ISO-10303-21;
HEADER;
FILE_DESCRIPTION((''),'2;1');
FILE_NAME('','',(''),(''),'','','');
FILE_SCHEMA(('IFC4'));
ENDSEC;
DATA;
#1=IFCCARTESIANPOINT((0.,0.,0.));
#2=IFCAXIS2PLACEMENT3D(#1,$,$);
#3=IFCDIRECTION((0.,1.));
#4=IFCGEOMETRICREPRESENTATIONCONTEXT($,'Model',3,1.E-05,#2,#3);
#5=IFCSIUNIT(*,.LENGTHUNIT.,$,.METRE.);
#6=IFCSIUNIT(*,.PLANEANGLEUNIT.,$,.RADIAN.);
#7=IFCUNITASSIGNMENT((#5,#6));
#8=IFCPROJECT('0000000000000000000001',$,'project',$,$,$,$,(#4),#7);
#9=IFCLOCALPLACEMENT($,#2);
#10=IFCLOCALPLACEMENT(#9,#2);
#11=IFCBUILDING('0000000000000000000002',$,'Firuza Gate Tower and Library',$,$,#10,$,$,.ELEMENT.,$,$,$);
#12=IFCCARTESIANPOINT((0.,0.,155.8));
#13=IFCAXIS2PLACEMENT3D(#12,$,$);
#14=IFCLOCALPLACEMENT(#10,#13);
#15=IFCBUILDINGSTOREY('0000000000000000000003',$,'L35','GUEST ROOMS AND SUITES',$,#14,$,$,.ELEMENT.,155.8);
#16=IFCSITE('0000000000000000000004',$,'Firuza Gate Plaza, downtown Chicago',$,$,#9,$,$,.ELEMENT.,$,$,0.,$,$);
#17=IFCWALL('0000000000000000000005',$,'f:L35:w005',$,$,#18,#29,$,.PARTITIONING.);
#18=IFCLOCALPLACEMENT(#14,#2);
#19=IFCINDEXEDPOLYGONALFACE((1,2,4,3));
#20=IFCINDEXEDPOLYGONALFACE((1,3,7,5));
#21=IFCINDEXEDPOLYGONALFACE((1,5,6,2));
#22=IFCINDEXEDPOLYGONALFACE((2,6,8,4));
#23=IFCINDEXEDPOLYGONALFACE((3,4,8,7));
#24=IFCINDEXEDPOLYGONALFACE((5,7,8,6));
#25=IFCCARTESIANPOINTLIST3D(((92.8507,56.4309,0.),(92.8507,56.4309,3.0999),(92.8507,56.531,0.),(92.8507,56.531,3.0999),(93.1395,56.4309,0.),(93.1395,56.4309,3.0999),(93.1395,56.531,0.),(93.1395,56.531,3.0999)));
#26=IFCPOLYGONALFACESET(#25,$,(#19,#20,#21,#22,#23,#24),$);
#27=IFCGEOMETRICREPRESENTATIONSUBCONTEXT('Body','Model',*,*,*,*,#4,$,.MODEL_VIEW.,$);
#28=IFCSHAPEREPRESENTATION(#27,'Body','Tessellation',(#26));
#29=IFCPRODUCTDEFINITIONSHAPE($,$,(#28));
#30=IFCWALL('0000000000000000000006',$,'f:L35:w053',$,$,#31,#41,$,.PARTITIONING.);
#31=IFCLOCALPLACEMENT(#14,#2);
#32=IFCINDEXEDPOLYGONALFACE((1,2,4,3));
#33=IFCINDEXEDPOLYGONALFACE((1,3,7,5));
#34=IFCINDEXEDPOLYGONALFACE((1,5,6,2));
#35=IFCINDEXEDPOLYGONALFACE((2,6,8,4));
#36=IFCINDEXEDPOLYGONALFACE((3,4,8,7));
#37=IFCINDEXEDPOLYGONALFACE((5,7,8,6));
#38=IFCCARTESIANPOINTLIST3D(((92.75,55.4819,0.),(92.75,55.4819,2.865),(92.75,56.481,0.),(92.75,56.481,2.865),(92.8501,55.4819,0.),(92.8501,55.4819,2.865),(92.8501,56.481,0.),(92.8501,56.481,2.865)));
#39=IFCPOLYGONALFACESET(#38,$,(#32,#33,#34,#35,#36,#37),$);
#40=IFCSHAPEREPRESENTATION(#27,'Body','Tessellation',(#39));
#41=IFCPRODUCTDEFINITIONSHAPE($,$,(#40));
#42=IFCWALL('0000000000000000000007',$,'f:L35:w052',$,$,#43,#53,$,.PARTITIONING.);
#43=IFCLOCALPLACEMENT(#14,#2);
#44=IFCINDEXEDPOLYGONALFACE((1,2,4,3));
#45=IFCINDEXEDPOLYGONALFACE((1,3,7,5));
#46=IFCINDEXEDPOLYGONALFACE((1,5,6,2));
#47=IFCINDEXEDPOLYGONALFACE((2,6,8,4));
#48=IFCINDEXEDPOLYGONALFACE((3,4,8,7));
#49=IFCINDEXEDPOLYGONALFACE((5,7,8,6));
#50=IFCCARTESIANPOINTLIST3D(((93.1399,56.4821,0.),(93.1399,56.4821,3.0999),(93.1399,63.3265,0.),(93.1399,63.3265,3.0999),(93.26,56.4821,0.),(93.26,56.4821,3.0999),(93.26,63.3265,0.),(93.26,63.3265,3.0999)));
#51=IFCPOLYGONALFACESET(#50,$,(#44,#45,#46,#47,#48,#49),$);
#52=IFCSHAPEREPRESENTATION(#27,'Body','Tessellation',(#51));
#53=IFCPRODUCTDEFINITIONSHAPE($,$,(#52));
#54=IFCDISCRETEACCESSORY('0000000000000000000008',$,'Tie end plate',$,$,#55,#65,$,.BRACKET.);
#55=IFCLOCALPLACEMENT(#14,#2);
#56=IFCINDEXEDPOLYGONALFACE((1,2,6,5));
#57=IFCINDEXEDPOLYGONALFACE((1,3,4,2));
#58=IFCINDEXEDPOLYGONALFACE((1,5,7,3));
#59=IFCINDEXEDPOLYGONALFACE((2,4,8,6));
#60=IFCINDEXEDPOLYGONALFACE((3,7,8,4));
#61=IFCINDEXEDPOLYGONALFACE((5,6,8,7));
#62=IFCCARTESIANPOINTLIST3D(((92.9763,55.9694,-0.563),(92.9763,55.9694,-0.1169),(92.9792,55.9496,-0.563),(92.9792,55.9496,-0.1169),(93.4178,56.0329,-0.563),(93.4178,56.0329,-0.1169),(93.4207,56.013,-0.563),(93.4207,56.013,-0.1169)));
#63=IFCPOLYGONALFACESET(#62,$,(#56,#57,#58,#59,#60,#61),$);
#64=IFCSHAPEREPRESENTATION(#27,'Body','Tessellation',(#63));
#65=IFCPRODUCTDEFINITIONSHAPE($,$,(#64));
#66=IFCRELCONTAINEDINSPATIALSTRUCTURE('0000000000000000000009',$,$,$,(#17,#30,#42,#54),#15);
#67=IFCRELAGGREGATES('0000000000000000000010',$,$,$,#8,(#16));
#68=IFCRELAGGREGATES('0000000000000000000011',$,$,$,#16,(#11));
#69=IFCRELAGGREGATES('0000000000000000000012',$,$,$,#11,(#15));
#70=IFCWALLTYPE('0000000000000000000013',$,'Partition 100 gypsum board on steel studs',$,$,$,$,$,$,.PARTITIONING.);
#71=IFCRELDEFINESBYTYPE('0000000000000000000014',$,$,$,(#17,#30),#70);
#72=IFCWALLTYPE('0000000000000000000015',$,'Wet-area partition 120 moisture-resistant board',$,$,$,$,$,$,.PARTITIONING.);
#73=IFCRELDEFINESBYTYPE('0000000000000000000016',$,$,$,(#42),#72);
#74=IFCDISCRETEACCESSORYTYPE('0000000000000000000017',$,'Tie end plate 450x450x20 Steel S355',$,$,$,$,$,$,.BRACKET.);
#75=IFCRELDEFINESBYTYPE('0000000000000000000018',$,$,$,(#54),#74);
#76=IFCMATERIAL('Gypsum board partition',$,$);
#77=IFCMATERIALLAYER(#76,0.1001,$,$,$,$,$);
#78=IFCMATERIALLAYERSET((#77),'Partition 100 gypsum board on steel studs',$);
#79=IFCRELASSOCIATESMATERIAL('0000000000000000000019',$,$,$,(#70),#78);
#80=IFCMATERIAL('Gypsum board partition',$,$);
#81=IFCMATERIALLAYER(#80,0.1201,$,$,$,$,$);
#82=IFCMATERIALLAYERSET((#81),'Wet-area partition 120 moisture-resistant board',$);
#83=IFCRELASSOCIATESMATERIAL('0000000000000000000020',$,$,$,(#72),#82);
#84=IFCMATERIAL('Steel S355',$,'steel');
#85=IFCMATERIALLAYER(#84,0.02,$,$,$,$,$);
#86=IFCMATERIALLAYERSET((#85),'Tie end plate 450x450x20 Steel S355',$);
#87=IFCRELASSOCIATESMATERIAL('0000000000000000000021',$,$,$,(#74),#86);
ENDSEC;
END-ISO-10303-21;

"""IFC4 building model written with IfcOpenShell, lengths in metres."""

from ifc_helpers import new_model, si_unit, direction, frame, frame_2d, origin, origin_2d, place, context, subcontext, project, spatial, rectangle, extrude, material, layer, layer_set, type_object, element, save


model = new_model("IFC4")

# Units and contexts
model_context = context("Model", 3, precision=1e-05, world=origin(), true_north=direction((0.0, 1.0)))
body_context = subcontext(model_context, "Body", "Model", "MODEL_VIEW")
ifc_project = project(units=[si_unit("LENGTHUNIT", "METRE"), si_unit("PLANEANGLEUNIT", "RADIAN")], contexts=[model_context])

# Site, building, storey
site_placement = place(None, origin())
site = spatial("IfcSite", under=ifc_project, at=site_placement, Name="Firuza Gate Plaza, downtown Chicago", CompositionType="ELEMENT", RefElevation=0.0)
building_placement = place(site_placement, origin())
building = spatial("IfcBuilding", under=site, at=building_placement, Name="Firuza Gate Tower and Library", CompositionType="ELEMENT")
storey_placement = place(building_placement, frame((0.0, 0.0, 155.8)))
storey = spatial("IfcBuildingStorey", under=building, at=storey_placement, Name="L35", Description="GUEST ROOMS AND SUITES", CompositionType="ELEMENT", Elevation=155.8)

# Walls
ifc_material_1 = material(Name="Gypsum board partition")
ifc_layer_1 = layer(ifc_material_1, 0.1001)
ifc_layer_set_1 = layer_set([ifc_layer_1], Name="Partition 100 gypsum board on steel studs")
wall_type_1 = type_object("IfcWallType", Name="Partition 100 gypsum board on steel studs", PredefinedType="PARTITIONING", material=ifc_layer_set_1)
wall_1_placement = place(storey_placement, frame((92.8506, 56.481, 0.0), z_axis=(0.0, 0.0, 1.0), x_axis=(1.0, 0.0, 0.0)))
element("IfcWall", 1, at=wall_1_placement, inside=storey, type_object=wall_type_1, Name="f:L35:w005", PredefinedType="PARTITIONING", context=body_context, shape_type="SweptSolid", body=[
    extrude(rectangle(XDim=0.2888, YDim=0.1001, at=frame_2d((0.1445, 0.0))), origin(), (0.0, 0.0, 1.0), 3.0999),
])
wall_2_placement = place(storey_placement, frame((92.8, 55.4819, 0.0), z_axis=(0.0, 0.0, 1.0), x_axis=(0.0, 1.0, 0.0)))
element("IfcWall", 2, at=wall_2_placement, inside=storey, type_object=wall_type_1, Name="f:L35:w053", PredefinedType="PARTITIONING", context=body_context, shape_type="SweptSolid", body=[
    extrude(rectangle(XDim=0.999, YDim=0.1001, at=frame_2d((0.4995, 0.0))), origin(), (0.0, 0.0, 1.0), 2.865),
])
ifc_material_2 = material(Name="Gypsum board partition")
ifc_layer_2 = layer(ifc_material_2, 0.1201)
ifc_layer_set_2 = layer_set([ifc_layer_2], Name="Wet-area partition 120 moisture-resistant board")
wall_type_2 = type_object("IfcWallType", Name="Wet-area partition 120 moisture-resistant board", PredefinedType="PARTITIONING", material=ifc_layer_set_2)
wall_3_placement = place(storey_placement, frame((93.2, 56.4819, 0.0), z_axis=(0.0, 0.0, 1.0), x_axis=(0.0, 1.0, 0.0)))
element("IfcWall", 3, at=wall_3_placement, inside=storey, type_object=wall_type_2, Name="f:L35:w052", PredefinedType="PARTITIONING", context=body_context, shape_type="SweptSolid", body=[
    extrude(rectangle(XDim=6.8445, YDim=0.1201, at=frame_2d((3.4224, 0.0))), origin(), (0.0, 0.0, 1.0), 3.0999),
])

# Discrete accessory
ifc_material_3 = material(Name="Steel S355", Category="steel")
ifc_layer_3 = layer(ifc_material_3, 0.02)
ifc_layer_set_3 = layer_set([ifc_layer_3], Name="Tie end plate 450x450x20 Steel S355")
discrete_accessory_type = type_object("IfcDiscreteAccessoryType", Name="Tie end plate 450x450x20 Steel S355", PredefinedType="BRACKET", material=ifc_layer_set_3)
discrete_accessory_placement = place(storey_placement, frame((93.1985, 55.9912, -0.563), z_axis=(0.0, 0.0, 1.0), x_axis=(-0.142308, 0.989822, 0.0)))
element("IfcDiscreteAccessory", 4, at=discrete_accessory_placement, inside=storey, type_object=discrete_accessory_type, Name="Tie end plate", PredefinedType="BRACKET", context=body_context, shape_type="SweptSolid", body=[
    extrude(rectangle(XDim=0.02, YDim=0.446, at=origin_2d()), origin(), (0.0, 0.0, 1.0), 0.446),
])

save(model, "model.ifc")
